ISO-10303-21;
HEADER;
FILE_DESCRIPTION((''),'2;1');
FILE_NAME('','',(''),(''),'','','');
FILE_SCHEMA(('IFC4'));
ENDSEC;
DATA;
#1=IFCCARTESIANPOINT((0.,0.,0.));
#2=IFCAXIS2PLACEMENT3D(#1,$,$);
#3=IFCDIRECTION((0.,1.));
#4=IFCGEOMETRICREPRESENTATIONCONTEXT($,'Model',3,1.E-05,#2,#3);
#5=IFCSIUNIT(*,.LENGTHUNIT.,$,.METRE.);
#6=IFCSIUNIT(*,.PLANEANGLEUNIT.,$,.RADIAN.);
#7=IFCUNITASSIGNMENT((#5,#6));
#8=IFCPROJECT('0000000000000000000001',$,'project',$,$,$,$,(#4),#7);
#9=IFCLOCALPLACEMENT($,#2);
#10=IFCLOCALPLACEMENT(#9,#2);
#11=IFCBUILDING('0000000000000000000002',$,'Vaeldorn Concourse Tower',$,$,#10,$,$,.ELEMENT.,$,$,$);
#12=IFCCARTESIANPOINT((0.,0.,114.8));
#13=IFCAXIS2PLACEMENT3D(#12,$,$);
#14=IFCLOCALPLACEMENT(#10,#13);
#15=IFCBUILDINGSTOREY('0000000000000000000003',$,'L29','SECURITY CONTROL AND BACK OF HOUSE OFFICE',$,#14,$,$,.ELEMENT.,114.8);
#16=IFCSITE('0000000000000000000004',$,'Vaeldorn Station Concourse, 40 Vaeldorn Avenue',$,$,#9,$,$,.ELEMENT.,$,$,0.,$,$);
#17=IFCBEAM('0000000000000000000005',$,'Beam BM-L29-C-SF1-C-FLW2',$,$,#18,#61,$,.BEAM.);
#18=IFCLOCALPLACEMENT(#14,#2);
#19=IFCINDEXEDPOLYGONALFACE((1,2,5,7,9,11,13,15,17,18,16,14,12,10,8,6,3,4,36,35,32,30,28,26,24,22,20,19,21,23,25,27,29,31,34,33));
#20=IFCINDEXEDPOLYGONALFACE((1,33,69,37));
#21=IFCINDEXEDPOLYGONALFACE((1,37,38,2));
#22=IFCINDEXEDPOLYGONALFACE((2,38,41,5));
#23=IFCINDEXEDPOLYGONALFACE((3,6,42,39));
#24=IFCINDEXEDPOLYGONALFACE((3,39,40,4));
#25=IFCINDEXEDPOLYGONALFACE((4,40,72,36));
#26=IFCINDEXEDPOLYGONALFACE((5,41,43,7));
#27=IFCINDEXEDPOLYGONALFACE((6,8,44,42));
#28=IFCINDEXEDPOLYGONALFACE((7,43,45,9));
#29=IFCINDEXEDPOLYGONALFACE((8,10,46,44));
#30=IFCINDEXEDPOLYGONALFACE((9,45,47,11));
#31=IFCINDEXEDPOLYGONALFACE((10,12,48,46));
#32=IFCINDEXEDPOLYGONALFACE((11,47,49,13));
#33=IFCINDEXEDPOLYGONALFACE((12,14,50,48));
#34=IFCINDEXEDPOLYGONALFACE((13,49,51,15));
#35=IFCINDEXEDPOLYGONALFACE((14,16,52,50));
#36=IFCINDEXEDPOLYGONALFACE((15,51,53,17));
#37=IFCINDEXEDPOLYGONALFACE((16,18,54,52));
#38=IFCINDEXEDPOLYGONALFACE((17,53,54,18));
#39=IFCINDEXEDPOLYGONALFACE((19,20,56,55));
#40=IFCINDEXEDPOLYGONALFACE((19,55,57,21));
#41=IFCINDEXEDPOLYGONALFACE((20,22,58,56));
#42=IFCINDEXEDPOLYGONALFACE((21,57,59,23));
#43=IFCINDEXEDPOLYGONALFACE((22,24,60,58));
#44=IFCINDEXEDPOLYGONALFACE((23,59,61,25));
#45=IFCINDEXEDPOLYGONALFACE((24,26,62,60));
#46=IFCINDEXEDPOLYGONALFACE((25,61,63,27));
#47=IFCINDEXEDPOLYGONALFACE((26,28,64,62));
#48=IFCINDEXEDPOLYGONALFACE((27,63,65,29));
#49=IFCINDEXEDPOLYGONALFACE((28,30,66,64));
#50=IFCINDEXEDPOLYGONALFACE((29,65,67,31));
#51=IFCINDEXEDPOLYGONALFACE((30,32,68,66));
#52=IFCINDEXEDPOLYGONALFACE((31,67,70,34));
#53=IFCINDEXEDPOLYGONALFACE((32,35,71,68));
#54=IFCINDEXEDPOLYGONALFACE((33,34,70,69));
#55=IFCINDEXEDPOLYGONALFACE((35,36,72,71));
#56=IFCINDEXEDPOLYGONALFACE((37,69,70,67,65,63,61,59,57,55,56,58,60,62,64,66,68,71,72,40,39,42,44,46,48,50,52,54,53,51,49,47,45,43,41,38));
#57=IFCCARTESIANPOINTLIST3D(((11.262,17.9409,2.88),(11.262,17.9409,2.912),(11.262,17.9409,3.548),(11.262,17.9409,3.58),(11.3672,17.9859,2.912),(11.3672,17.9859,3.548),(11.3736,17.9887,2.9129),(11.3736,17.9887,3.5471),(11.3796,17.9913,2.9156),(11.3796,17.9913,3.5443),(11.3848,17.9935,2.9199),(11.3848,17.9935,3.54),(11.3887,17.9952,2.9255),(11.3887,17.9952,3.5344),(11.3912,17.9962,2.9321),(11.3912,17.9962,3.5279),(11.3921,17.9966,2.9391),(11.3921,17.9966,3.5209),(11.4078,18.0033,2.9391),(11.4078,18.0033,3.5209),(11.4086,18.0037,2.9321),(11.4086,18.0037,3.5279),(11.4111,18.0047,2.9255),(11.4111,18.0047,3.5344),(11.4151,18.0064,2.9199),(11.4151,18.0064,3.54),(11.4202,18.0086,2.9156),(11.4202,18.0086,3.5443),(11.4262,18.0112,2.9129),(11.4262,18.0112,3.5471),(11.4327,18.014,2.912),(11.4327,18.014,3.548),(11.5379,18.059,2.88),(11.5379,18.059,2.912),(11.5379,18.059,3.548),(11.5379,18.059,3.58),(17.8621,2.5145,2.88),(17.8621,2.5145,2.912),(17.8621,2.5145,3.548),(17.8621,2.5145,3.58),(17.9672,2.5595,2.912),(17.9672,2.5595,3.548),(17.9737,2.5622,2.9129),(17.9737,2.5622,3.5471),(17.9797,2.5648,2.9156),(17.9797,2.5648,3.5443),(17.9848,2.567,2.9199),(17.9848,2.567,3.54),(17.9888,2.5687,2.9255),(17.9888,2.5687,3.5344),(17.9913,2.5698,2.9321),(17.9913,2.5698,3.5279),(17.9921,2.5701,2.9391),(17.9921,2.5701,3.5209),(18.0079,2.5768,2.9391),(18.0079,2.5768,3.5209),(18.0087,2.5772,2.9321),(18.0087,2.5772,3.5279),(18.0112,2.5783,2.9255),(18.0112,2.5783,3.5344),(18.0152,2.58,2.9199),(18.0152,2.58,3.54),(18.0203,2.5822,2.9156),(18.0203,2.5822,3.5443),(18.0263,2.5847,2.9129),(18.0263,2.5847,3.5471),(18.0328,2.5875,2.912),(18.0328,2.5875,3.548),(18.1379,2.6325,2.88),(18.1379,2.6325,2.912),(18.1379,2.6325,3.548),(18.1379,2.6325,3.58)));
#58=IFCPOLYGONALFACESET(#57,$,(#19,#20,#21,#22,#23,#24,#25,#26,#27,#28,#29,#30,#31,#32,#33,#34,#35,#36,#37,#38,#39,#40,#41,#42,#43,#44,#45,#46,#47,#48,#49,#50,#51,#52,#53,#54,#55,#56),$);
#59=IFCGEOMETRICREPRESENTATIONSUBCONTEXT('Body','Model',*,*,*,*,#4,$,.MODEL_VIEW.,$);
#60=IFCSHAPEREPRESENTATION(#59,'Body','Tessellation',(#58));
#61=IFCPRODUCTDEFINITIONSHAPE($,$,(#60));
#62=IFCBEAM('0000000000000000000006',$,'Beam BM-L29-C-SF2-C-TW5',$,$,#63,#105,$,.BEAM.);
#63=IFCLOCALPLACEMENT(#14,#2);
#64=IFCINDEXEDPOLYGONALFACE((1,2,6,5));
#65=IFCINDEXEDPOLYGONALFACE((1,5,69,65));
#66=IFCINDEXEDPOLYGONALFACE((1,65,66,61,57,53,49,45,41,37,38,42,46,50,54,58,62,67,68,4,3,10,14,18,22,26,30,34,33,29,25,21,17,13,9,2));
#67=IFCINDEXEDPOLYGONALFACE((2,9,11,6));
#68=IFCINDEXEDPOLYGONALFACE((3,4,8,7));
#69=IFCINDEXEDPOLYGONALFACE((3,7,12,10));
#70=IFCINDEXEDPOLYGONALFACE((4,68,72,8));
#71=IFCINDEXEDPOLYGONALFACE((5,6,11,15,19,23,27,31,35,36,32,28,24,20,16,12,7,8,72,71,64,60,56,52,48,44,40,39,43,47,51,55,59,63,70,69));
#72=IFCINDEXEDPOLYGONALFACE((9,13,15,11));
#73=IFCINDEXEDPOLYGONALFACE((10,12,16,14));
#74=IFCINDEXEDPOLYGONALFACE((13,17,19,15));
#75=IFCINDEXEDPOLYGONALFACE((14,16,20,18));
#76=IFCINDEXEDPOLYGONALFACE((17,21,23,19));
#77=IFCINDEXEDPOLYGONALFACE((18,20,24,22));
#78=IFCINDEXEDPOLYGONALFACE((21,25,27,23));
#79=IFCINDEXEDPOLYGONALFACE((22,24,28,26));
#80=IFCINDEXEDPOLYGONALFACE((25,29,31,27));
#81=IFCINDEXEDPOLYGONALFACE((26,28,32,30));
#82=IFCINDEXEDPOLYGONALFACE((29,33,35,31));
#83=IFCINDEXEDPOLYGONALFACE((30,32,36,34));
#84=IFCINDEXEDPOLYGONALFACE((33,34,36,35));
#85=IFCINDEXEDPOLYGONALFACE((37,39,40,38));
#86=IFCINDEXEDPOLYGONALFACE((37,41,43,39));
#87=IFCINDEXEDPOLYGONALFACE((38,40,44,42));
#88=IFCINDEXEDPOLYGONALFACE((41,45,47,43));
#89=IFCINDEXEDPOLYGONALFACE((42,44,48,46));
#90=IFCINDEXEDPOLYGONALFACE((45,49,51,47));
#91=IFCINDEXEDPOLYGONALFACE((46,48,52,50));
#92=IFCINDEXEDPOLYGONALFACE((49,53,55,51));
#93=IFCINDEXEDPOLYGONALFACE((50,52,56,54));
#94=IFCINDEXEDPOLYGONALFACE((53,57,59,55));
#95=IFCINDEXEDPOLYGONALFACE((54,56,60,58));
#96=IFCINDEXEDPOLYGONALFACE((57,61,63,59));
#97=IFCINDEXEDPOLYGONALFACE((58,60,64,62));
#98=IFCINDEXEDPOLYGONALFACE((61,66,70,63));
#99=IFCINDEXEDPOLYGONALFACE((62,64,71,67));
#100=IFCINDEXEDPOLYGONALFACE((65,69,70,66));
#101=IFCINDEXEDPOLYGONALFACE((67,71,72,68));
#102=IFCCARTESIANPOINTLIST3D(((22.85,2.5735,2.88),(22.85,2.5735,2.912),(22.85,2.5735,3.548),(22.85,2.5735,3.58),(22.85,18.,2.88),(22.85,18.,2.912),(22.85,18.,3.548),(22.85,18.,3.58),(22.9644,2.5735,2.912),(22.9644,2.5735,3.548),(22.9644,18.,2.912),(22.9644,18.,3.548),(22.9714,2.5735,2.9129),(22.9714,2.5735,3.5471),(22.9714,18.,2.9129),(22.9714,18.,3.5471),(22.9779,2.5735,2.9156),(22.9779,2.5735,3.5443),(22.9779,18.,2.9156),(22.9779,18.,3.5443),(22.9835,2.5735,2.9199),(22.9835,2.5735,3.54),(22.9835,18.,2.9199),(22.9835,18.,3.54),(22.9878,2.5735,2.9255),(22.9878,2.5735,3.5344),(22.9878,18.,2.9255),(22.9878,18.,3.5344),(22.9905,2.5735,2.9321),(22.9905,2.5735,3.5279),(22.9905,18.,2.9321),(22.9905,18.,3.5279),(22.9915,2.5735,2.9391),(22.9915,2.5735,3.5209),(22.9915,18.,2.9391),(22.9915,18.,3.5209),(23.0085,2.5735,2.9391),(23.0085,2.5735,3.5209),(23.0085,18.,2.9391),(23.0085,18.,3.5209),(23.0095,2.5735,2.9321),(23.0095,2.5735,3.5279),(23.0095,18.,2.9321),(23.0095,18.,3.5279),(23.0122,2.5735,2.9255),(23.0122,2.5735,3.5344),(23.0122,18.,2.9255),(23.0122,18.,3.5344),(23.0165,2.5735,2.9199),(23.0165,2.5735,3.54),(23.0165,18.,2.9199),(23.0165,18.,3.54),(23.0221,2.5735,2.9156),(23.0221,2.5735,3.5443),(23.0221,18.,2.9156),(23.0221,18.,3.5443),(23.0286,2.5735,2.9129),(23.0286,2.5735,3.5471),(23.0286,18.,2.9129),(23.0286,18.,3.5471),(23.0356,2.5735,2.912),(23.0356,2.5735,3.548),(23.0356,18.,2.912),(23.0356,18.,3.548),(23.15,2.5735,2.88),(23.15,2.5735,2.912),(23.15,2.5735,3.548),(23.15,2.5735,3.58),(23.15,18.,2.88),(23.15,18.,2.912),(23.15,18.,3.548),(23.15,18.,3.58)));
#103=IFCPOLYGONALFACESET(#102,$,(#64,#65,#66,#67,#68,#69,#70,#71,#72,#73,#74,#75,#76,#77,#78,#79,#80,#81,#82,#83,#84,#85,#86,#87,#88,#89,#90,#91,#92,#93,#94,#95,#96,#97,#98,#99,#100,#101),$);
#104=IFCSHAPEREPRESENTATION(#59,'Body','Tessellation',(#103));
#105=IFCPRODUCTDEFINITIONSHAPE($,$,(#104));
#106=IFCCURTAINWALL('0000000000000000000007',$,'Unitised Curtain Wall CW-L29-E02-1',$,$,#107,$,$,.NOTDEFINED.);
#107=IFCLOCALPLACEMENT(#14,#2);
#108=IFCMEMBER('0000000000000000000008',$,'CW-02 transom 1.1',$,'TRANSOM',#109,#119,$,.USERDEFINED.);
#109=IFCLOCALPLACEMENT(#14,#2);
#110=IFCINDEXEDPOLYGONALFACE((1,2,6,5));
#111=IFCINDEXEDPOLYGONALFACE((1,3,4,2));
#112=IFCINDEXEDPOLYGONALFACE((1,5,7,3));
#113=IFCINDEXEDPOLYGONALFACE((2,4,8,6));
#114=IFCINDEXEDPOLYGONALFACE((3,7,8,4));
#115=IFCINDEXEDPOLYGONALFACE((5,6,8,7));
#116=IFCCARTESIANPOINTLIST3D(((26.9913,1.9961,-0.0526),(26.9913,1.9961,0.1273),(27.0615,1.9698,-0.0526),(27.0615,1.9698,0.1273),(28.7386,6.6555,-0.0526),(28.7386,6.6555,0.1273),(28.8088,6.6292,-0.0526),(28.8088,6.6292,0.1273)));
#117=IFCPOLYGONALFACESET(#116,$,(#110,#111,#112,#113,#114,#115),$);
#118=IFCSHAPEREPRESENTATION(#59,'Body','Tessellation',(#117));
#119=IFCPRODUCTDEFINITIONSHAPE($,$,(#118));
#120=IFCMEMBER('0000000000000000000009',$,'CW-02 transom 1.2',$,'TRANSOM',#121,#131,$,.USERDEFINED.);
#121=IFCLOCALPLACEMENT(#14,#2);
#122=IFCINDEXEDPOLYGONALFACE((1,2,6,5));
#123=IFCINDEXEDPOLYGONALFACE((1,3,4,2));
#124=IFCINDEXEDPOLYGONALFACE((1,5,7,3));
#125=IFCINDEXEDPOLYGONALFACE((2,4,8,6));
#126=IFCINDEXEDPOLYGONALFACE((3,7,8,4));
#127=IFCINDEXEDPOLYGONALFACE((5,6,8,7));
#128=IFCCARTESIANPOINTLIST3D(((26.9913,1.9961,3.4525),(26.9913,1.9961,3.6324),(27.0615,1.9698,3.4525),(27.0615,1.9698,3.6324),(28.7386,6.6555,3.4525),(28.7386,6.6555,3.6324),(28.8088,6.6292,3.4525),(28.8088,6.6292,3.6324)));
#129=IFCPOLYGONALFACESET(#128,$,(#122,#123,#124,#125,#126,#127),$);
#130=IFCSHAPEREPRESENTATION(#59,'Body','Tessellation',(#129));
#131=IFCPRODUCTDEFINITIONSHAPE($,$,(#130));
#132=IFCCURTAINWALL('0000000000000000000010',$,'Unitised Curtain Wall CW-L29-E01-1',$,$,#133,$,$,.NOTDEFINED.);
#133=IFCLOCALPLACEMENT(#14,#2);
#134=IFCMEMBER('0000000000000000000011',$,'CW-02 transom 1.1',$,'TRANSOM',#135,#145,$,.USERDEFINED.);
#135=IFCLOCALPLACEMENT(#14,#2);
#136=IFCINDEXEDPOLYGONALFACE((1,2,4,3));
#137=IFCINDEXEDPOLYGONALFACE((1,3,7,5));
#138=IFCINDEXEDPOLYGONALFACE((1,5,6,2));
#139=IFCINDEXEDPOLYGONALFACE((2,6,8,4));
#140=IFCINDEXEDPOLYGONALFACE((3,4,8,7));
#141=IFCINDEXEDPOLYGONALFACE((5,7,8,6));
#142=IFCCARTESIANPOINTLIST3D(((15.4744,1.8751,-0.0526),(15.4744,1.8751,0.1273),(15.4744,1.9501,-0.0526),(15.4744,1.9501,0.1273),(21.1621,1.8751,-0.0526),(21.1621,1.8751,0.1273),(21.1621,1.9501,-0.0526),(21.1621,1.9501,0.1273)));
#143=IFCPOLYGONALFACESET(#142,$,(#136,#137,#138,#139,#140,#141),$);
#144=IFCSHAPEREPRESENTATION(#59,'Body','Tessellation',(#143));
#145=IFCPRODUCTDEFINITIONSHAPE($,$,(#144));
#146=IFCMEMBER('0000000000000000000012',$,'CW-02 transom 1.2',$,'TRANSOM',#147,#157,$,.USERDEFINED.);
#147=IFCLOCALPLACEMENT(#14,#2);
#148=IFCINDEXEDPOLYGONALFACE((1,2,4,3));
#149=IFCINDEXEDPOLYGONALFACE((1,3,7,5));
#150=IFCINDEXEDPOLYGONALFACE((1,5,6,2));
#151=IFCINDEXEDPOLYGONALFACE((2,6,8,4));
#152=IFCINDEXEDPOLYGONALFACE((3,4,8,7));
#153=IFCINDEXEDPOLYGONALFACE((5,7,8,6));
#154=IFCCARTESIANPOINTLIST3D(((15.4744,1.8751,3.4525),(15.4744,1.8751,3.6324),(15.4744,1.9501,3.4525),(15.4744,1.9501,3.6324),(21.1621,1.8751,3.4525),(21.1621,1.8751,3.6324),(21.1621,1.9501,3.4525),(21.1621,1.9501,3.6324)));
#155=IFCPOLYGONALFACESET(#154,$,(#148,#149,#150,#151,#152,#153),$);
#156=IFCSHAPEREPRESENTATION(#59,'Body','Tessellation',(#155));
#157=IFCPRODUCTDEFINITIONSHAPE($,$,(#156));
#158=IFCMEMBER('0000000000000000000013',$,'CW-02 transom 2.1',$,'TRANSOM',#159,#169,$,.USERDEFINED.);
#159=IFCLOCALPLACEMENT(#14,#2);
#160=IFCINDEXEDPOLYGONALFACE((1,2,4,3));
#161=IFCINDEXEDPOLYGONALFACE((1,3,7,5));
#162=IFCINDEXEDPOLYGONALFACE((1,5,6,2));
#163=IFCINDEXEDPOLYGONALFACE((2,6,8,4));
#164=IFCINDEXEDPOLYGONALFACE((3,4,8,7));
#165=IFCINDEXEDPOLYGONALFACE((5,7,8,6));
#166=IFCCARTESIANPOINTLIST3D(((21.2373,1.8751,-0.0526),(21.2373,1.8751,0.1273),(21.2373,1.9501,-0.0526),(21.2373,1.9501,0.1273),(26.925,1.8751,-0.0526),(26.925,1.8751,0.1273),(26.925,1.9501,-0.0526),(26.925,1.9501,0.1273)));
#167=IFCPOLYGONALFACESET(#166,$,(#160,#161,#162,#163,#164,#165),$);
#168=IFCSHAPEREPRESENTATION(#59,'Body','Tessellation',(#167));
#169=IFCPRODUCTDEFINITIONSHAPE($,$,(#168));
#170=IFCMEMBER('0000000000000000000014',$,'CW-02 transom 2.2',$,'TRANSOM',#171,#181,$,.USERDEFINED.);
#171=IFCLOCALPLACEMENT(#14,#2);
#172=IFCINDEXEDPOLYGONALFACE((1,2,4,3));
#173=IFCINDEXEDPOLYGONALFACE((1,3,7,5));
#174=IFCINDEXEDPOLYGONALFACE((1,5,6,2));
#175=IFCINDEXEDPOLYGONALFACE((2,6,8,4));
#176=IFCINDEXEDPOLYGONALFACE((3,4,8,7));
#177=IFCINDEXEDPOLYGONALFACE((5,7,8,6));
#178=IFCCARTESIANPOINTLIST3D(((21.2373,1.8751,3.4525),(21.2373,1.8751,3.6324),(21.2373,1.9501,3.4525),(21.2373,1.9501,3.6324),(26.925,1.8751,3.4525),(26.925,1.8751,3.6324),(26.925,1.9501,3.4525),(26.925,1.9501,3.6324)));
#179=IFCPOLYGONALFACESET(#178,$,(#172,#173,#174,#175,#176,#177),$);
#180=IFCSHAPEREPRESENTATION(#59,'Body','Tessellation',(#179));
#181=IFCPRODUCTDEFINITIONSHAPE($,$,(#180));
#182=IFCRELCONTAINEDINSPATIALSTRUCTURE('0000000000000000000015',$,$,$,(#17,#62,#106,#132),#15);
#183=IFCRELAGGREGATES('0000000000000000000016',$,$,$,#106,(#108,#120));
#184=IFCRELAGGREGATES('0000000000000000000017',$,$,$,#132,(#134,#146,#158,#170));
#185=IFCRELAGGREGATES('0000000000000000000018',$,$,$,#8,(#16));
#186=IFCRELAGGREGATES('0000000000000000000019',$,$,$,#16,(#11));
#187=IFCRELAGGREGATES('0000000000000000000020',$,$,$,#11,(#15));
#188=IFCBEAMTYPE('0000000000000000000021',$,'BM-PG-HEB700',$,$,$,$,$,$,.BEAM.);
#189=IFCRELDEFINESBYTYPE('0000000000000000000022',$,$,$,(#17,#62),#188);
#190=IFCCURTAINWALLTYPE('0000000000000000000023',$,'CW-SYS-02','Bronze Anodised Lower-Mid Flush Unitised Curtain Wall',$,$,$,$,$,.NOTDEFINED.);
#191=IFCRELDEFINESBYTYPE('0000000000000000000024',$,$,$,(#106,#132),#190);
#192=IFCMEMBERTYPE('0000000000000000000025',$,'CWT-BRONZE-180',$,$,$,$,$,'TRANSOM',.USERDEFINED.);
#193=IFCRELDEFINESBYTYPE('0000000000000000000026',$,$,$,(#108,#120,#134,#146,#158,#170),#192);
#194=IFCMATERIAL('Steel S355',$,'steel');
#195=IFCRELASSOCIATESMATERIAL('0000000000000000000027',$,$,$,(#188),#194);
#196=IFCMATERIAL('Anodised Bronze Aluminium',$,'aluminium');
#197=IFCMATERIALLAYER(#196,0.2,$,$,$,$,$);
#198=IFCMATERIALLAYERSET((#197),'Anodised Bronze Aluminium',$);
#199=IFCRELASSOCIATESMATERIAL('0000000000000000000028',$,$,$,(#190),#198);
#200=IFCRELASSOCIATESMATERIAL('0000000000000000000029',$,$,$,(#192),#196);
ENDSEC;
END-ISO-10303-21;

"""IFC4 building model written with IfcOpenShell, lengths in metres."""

from ifc_helpers import new_model, si_unit, direction, frame, origin, origin_2d, place, context, subcontext, project, spatial, rectangle, i_section, extrude, source, transform, mapped, material, layer, layer_set, material_profile, profile_set, type_object, element, aggregate, save


model = new_model("IFC4")

# Units and contexts
model_context = context("Model", 3, precision=1e-05, world=origin(), true_north=direction((0.0, 1.0)))
body_context = subcontext(model_context, "Body", "Model", "MODEL_VIEW")
ifc_project = project(units=[si_unit("LENGTHUNIT", "METRE"), si_unit("PLANEANGLEUNIT", "RADIAN")], contexts=[model_context])

# Site, building, storey
site_placement = place(None, origin())
site = spatial("IfcSite", under=ifc_project, at=site_placement, Name="Vaeldorn Station Concourse, 40 Vaeldorn Avenue", CompositionType="ELEMENT", RefElevation=0.0)
building_placement = place(site_placement, origin())
building = spatial("IfcBuilding", under=site, at=building_placement, Name="Vaeldorn Concourse Tower", CompositionType="ELEMENT")
storey_placement = place(building_placement, frame((0.0, 0.0, 114.8)))
storey = spatial("IfcBuildingStorey", under=building, at=storey_placement, Name="L29", Description="SECURITY CONTROL AND BACK OF HOUSE OFFICE", CompositionType="ELEMENT", Elevation=114.8)

# Beams
ifc_material_1 = material(Name="Steel S355", Category="steel")
ifc_material_profile_1 = material_profile(ifc_material_1, i_section(OverallWidth=0.3, OverallDepth=0.7, WebThickness=0.0171, FlangeThickness=0.032, FilletRadius=0.0271, at=origin_2d()), Name="HEB 700")
ifc_profile_set_1 = profile_set([ifc_material_profile_1], Name="Steel S355")
beam_type_1 = type_object("IfcBeamType", Name="BM-PG-HEB700", PredefinedType="BEAM", material=ifc_profile_set_1)
shared_shape_1 = source(origin(), body_context, "Body", "SweptSolid", [
    extrude(i_section(OverallWidth=0.3, OverallDepth=0.7, WebThickness=0.0171, FlangeThickness=0.032, FilletRadius=0.0271, at=origin_2d()), origin(), (0.0, 0.0, 1.0), 16.7791),
])
beam_1_placement = place(storey_placement, frame((18.0, 2.5735, 3.23), z_axis=(-0.393352, 0.919388, 0.0), x_axis=(-0.919388, -0.393352, 0.0)))
element("IfcBeam", 1, at=beam_1_placement, inside=storey, type_object=beam_type_1, Name="Beam BM-L29-C-SF1-C-FLW2", PredefinedType="BEAM", context=body_context, shape_type="MappedRepresentation", body=[
    mapped(shared_shape_1, transform((0.0, 0.0, 0.0), scale=1.0)),
])
shared_shape_2 = source(origin(), body_context, "Body", "SweptSolid", [
    extrude(i_section(OverallWidth=0.3, OverallDepth=0.7, WebThickness=0.0171, FlangeThickness=0.032, FilletRadius=0.0271, at=origin_2d()), origin(), (0.0, 0.0, 1.0), 15.4265),
])
beam_2_placement = place(storey_placement, frame((23.0, 2.5735, 3.23), z_axis=(0.0, 1.0, 0.0), x_axis=(-1.0, 0.0, 0.0)))
element("IfcBeam", 2, at=beam_2_placement, inside=storey, type_object=beam_type_1, Name="Beam BM-L29-C-SF2-C-TW5", PredefinedType="BEAM", context=body_context, shape_type="MappedRepresentation", body=[
    mapped(shared_shape_2, transform((0.0, 0.0, 0.0), scale=1.0)),
])

# Curtain walls, members
ifc_material_2 = material(Name="Anodised Bronze Aluminium", Category="aluminium")
ifc_layer_1 = layer(ifc_material_2, 0.2)
ifc_layer_set_1 = layer_set([ifc_layer_1], Name="Anodised Bronze Aluminium")
curtain_wall_type = type_object("IfcCurtainWallType", Name="CW-SYS-02", Description="Bronze Anodised Lower-Mid Flush Unitised Curtain Wall", PredefinedType="NOTDEFINED", material=ifc_layer_set_1)
curtain_wall_1_placement = place(storey_placement, origin())
curtain_wall_1 = element("IfcCurtainWall", 3, at=curtain_wall_1_placement, inside=storey, type_object=curtain_wall_type, Name="Unitised Curtain Wall CW-L29-E02-1", PredefinedType="NOTDEFINED")
ifc_material_profile_2 = material_profile(ifc_material_2, rectangle(XDim=0.075, YDim=0.1799, at=origin_2d()), Name="CWT 75x180")
ifc_profile_set_2 = profile_set([ifc_material_profile_2], Name="Anodised Bronze Aluminium")
member_type_1 = type_object("IfcMemberType", Name="CWT-BRONZE-180", ElementType="TRANSOM", PredefinedType="USERDEFINED", material=ifc_profile_set_2)
shared_shape_3 = source(origin(), body_context, "Body", "SweptSolid", [
    extrude(rectangle(XDim=0.075, YDim=0.1799, at=origin_2d()), origin(), (0.0, 0.0, 1.0), 4.9763),
])
member_1_placement = place(storey_placement, frame((27.0264, 1.9829, 0.0374), z_axis=(0.351129, 0.936327, 0.0), x_axis=(-0.936327, 0.351129, 0.0)))
member_1 = element("IfcMember", 4, at=member_1_placement, type_object=member_type_1, Name="CW-02 transom 1.1", ObjectType="TRANSOM", PredefinedType="USERDEFINED", context=body_context, shape_type="MappedRepresentation", body=[
    mapped(shared_shape_3, transform((0.0, 0.0, 0.0), scale=1.0)),
])
member_2_placement = place(storey_placement, frame((27.0264, 1.9829, 3.5425), z_axis=(0.351129, 0.936327, 0.0), x_axis=(-0.936327, 0.351129, 0.0)))
member_2 = element("IfcMember", 5, at=member_2_placement, type_object=member_type_1, Name="CW-02 transom 1.2", ObjectType="TRANSOM", PredefinedType="USERDEFINED", context=body_context, shape_type="MappedRepresentation", body=[
    mapped(shared_shape_3, transform((0.0, 0.0, 0.0), scale=1.0)),
])
curtain_wall_2_placement = place(storey_placement, origin())
curtain_wall_2 = element("IfcCurtainWall", 6, at=curtain_wall_2_placement, inside=storey, type_object=curtain_wall_type, Name="Unitised Curtain Wall CW-L29-E01-1", PredefinedType="NOTDEFINED")
shared_shape_4 = source(origin(), body_context, "Body", "SweptSolid", [
    extrude(rectangle(XDim=0.075, YDim=0.1799, at=origin_2d()), origin(), (0.0, 0.0, 1.0), 5.6877),
])
member_3_placement = place(storey_placement, frame((15.4744, 1.9126, 0.0374), z_axis=(1.0, 0.0, 0.0), x_axis=(0.0, 1.0, 0.0)))
member_3 = element("IfcMember", 7, at=member_3_placement, type_object=member_type_1, Name="CW-02 transom 1.1", ObjectType="TRANSOM", PredefinedType="USERDEFINED", context=body_context, shape_type="MappedRepresentation", body=[
    mapped(shared_shape_4, transform((0.0, 0.0, 0.0), scale=1.0)),
])
member_4_placement = place(storey_placement, frame((15.4744, 1.9126, 3.5425), z_axis=(1.0, 0.0, 0.0), x_axis=(0.0, 1.0, 0.0)))
member_4 = element("IfcMember", 8, at=member_4_placement, type_object=member_type_1, Name="CW-02 transom 1.2", ObjectType="TRANSOM", PredefinedType="USERDEFINED", context=body_context, shape_type="MappedRepresentation", body=[
    mapped(shared_shape_4, transform((0.0, 0.0, 0.0), scale=1.0)),
])
member_5_placement = place(storey_placement, frame((21.2373, 1.9126, 0.0374), z_axis=(1.0, 0.0, 0.0), x_axis=(0.0, 1.0, 0.0)))
member_5 = element("IfcMember", 9, at=member_5_placement, type_object=member_type_1, Name="CW-02 transom 2.1", ObjectType="TRANSOM", PredefinedType="USERDEFINED", context=body_context, shape_type="MappedRepresentation", body=[
    mapped(shared_shape_4, transform((0.0, 0.0, 0.0), scale=1.0)),
])
member_6_placement = place(storey_placement, frame((21.2373, 1.9126, 3.5425), z_axis=(1.0, 0.0, 0.0), x_axis=(0.0, 1.0, 0.0)))
member_6 = element("IfcMember", 10, at=member_6_placement, type_object=member_type_1, Name="CW-02 transom 2.2", ObjectType="TRANSOM", PredefinedType="USERDEFINED", context=body_context, shape_type="MappedRepresentation", body=[
    mapped(shared_shape_4, transform((0.0, 0.0, 0.0), scale=1.0)),
])

aggregate(curtain_wall_1, [member_1, member_2])

aggregate(curtain_wall_2, [member_3, member_4, member_5, member_6])

save(model, "model.ifc")
